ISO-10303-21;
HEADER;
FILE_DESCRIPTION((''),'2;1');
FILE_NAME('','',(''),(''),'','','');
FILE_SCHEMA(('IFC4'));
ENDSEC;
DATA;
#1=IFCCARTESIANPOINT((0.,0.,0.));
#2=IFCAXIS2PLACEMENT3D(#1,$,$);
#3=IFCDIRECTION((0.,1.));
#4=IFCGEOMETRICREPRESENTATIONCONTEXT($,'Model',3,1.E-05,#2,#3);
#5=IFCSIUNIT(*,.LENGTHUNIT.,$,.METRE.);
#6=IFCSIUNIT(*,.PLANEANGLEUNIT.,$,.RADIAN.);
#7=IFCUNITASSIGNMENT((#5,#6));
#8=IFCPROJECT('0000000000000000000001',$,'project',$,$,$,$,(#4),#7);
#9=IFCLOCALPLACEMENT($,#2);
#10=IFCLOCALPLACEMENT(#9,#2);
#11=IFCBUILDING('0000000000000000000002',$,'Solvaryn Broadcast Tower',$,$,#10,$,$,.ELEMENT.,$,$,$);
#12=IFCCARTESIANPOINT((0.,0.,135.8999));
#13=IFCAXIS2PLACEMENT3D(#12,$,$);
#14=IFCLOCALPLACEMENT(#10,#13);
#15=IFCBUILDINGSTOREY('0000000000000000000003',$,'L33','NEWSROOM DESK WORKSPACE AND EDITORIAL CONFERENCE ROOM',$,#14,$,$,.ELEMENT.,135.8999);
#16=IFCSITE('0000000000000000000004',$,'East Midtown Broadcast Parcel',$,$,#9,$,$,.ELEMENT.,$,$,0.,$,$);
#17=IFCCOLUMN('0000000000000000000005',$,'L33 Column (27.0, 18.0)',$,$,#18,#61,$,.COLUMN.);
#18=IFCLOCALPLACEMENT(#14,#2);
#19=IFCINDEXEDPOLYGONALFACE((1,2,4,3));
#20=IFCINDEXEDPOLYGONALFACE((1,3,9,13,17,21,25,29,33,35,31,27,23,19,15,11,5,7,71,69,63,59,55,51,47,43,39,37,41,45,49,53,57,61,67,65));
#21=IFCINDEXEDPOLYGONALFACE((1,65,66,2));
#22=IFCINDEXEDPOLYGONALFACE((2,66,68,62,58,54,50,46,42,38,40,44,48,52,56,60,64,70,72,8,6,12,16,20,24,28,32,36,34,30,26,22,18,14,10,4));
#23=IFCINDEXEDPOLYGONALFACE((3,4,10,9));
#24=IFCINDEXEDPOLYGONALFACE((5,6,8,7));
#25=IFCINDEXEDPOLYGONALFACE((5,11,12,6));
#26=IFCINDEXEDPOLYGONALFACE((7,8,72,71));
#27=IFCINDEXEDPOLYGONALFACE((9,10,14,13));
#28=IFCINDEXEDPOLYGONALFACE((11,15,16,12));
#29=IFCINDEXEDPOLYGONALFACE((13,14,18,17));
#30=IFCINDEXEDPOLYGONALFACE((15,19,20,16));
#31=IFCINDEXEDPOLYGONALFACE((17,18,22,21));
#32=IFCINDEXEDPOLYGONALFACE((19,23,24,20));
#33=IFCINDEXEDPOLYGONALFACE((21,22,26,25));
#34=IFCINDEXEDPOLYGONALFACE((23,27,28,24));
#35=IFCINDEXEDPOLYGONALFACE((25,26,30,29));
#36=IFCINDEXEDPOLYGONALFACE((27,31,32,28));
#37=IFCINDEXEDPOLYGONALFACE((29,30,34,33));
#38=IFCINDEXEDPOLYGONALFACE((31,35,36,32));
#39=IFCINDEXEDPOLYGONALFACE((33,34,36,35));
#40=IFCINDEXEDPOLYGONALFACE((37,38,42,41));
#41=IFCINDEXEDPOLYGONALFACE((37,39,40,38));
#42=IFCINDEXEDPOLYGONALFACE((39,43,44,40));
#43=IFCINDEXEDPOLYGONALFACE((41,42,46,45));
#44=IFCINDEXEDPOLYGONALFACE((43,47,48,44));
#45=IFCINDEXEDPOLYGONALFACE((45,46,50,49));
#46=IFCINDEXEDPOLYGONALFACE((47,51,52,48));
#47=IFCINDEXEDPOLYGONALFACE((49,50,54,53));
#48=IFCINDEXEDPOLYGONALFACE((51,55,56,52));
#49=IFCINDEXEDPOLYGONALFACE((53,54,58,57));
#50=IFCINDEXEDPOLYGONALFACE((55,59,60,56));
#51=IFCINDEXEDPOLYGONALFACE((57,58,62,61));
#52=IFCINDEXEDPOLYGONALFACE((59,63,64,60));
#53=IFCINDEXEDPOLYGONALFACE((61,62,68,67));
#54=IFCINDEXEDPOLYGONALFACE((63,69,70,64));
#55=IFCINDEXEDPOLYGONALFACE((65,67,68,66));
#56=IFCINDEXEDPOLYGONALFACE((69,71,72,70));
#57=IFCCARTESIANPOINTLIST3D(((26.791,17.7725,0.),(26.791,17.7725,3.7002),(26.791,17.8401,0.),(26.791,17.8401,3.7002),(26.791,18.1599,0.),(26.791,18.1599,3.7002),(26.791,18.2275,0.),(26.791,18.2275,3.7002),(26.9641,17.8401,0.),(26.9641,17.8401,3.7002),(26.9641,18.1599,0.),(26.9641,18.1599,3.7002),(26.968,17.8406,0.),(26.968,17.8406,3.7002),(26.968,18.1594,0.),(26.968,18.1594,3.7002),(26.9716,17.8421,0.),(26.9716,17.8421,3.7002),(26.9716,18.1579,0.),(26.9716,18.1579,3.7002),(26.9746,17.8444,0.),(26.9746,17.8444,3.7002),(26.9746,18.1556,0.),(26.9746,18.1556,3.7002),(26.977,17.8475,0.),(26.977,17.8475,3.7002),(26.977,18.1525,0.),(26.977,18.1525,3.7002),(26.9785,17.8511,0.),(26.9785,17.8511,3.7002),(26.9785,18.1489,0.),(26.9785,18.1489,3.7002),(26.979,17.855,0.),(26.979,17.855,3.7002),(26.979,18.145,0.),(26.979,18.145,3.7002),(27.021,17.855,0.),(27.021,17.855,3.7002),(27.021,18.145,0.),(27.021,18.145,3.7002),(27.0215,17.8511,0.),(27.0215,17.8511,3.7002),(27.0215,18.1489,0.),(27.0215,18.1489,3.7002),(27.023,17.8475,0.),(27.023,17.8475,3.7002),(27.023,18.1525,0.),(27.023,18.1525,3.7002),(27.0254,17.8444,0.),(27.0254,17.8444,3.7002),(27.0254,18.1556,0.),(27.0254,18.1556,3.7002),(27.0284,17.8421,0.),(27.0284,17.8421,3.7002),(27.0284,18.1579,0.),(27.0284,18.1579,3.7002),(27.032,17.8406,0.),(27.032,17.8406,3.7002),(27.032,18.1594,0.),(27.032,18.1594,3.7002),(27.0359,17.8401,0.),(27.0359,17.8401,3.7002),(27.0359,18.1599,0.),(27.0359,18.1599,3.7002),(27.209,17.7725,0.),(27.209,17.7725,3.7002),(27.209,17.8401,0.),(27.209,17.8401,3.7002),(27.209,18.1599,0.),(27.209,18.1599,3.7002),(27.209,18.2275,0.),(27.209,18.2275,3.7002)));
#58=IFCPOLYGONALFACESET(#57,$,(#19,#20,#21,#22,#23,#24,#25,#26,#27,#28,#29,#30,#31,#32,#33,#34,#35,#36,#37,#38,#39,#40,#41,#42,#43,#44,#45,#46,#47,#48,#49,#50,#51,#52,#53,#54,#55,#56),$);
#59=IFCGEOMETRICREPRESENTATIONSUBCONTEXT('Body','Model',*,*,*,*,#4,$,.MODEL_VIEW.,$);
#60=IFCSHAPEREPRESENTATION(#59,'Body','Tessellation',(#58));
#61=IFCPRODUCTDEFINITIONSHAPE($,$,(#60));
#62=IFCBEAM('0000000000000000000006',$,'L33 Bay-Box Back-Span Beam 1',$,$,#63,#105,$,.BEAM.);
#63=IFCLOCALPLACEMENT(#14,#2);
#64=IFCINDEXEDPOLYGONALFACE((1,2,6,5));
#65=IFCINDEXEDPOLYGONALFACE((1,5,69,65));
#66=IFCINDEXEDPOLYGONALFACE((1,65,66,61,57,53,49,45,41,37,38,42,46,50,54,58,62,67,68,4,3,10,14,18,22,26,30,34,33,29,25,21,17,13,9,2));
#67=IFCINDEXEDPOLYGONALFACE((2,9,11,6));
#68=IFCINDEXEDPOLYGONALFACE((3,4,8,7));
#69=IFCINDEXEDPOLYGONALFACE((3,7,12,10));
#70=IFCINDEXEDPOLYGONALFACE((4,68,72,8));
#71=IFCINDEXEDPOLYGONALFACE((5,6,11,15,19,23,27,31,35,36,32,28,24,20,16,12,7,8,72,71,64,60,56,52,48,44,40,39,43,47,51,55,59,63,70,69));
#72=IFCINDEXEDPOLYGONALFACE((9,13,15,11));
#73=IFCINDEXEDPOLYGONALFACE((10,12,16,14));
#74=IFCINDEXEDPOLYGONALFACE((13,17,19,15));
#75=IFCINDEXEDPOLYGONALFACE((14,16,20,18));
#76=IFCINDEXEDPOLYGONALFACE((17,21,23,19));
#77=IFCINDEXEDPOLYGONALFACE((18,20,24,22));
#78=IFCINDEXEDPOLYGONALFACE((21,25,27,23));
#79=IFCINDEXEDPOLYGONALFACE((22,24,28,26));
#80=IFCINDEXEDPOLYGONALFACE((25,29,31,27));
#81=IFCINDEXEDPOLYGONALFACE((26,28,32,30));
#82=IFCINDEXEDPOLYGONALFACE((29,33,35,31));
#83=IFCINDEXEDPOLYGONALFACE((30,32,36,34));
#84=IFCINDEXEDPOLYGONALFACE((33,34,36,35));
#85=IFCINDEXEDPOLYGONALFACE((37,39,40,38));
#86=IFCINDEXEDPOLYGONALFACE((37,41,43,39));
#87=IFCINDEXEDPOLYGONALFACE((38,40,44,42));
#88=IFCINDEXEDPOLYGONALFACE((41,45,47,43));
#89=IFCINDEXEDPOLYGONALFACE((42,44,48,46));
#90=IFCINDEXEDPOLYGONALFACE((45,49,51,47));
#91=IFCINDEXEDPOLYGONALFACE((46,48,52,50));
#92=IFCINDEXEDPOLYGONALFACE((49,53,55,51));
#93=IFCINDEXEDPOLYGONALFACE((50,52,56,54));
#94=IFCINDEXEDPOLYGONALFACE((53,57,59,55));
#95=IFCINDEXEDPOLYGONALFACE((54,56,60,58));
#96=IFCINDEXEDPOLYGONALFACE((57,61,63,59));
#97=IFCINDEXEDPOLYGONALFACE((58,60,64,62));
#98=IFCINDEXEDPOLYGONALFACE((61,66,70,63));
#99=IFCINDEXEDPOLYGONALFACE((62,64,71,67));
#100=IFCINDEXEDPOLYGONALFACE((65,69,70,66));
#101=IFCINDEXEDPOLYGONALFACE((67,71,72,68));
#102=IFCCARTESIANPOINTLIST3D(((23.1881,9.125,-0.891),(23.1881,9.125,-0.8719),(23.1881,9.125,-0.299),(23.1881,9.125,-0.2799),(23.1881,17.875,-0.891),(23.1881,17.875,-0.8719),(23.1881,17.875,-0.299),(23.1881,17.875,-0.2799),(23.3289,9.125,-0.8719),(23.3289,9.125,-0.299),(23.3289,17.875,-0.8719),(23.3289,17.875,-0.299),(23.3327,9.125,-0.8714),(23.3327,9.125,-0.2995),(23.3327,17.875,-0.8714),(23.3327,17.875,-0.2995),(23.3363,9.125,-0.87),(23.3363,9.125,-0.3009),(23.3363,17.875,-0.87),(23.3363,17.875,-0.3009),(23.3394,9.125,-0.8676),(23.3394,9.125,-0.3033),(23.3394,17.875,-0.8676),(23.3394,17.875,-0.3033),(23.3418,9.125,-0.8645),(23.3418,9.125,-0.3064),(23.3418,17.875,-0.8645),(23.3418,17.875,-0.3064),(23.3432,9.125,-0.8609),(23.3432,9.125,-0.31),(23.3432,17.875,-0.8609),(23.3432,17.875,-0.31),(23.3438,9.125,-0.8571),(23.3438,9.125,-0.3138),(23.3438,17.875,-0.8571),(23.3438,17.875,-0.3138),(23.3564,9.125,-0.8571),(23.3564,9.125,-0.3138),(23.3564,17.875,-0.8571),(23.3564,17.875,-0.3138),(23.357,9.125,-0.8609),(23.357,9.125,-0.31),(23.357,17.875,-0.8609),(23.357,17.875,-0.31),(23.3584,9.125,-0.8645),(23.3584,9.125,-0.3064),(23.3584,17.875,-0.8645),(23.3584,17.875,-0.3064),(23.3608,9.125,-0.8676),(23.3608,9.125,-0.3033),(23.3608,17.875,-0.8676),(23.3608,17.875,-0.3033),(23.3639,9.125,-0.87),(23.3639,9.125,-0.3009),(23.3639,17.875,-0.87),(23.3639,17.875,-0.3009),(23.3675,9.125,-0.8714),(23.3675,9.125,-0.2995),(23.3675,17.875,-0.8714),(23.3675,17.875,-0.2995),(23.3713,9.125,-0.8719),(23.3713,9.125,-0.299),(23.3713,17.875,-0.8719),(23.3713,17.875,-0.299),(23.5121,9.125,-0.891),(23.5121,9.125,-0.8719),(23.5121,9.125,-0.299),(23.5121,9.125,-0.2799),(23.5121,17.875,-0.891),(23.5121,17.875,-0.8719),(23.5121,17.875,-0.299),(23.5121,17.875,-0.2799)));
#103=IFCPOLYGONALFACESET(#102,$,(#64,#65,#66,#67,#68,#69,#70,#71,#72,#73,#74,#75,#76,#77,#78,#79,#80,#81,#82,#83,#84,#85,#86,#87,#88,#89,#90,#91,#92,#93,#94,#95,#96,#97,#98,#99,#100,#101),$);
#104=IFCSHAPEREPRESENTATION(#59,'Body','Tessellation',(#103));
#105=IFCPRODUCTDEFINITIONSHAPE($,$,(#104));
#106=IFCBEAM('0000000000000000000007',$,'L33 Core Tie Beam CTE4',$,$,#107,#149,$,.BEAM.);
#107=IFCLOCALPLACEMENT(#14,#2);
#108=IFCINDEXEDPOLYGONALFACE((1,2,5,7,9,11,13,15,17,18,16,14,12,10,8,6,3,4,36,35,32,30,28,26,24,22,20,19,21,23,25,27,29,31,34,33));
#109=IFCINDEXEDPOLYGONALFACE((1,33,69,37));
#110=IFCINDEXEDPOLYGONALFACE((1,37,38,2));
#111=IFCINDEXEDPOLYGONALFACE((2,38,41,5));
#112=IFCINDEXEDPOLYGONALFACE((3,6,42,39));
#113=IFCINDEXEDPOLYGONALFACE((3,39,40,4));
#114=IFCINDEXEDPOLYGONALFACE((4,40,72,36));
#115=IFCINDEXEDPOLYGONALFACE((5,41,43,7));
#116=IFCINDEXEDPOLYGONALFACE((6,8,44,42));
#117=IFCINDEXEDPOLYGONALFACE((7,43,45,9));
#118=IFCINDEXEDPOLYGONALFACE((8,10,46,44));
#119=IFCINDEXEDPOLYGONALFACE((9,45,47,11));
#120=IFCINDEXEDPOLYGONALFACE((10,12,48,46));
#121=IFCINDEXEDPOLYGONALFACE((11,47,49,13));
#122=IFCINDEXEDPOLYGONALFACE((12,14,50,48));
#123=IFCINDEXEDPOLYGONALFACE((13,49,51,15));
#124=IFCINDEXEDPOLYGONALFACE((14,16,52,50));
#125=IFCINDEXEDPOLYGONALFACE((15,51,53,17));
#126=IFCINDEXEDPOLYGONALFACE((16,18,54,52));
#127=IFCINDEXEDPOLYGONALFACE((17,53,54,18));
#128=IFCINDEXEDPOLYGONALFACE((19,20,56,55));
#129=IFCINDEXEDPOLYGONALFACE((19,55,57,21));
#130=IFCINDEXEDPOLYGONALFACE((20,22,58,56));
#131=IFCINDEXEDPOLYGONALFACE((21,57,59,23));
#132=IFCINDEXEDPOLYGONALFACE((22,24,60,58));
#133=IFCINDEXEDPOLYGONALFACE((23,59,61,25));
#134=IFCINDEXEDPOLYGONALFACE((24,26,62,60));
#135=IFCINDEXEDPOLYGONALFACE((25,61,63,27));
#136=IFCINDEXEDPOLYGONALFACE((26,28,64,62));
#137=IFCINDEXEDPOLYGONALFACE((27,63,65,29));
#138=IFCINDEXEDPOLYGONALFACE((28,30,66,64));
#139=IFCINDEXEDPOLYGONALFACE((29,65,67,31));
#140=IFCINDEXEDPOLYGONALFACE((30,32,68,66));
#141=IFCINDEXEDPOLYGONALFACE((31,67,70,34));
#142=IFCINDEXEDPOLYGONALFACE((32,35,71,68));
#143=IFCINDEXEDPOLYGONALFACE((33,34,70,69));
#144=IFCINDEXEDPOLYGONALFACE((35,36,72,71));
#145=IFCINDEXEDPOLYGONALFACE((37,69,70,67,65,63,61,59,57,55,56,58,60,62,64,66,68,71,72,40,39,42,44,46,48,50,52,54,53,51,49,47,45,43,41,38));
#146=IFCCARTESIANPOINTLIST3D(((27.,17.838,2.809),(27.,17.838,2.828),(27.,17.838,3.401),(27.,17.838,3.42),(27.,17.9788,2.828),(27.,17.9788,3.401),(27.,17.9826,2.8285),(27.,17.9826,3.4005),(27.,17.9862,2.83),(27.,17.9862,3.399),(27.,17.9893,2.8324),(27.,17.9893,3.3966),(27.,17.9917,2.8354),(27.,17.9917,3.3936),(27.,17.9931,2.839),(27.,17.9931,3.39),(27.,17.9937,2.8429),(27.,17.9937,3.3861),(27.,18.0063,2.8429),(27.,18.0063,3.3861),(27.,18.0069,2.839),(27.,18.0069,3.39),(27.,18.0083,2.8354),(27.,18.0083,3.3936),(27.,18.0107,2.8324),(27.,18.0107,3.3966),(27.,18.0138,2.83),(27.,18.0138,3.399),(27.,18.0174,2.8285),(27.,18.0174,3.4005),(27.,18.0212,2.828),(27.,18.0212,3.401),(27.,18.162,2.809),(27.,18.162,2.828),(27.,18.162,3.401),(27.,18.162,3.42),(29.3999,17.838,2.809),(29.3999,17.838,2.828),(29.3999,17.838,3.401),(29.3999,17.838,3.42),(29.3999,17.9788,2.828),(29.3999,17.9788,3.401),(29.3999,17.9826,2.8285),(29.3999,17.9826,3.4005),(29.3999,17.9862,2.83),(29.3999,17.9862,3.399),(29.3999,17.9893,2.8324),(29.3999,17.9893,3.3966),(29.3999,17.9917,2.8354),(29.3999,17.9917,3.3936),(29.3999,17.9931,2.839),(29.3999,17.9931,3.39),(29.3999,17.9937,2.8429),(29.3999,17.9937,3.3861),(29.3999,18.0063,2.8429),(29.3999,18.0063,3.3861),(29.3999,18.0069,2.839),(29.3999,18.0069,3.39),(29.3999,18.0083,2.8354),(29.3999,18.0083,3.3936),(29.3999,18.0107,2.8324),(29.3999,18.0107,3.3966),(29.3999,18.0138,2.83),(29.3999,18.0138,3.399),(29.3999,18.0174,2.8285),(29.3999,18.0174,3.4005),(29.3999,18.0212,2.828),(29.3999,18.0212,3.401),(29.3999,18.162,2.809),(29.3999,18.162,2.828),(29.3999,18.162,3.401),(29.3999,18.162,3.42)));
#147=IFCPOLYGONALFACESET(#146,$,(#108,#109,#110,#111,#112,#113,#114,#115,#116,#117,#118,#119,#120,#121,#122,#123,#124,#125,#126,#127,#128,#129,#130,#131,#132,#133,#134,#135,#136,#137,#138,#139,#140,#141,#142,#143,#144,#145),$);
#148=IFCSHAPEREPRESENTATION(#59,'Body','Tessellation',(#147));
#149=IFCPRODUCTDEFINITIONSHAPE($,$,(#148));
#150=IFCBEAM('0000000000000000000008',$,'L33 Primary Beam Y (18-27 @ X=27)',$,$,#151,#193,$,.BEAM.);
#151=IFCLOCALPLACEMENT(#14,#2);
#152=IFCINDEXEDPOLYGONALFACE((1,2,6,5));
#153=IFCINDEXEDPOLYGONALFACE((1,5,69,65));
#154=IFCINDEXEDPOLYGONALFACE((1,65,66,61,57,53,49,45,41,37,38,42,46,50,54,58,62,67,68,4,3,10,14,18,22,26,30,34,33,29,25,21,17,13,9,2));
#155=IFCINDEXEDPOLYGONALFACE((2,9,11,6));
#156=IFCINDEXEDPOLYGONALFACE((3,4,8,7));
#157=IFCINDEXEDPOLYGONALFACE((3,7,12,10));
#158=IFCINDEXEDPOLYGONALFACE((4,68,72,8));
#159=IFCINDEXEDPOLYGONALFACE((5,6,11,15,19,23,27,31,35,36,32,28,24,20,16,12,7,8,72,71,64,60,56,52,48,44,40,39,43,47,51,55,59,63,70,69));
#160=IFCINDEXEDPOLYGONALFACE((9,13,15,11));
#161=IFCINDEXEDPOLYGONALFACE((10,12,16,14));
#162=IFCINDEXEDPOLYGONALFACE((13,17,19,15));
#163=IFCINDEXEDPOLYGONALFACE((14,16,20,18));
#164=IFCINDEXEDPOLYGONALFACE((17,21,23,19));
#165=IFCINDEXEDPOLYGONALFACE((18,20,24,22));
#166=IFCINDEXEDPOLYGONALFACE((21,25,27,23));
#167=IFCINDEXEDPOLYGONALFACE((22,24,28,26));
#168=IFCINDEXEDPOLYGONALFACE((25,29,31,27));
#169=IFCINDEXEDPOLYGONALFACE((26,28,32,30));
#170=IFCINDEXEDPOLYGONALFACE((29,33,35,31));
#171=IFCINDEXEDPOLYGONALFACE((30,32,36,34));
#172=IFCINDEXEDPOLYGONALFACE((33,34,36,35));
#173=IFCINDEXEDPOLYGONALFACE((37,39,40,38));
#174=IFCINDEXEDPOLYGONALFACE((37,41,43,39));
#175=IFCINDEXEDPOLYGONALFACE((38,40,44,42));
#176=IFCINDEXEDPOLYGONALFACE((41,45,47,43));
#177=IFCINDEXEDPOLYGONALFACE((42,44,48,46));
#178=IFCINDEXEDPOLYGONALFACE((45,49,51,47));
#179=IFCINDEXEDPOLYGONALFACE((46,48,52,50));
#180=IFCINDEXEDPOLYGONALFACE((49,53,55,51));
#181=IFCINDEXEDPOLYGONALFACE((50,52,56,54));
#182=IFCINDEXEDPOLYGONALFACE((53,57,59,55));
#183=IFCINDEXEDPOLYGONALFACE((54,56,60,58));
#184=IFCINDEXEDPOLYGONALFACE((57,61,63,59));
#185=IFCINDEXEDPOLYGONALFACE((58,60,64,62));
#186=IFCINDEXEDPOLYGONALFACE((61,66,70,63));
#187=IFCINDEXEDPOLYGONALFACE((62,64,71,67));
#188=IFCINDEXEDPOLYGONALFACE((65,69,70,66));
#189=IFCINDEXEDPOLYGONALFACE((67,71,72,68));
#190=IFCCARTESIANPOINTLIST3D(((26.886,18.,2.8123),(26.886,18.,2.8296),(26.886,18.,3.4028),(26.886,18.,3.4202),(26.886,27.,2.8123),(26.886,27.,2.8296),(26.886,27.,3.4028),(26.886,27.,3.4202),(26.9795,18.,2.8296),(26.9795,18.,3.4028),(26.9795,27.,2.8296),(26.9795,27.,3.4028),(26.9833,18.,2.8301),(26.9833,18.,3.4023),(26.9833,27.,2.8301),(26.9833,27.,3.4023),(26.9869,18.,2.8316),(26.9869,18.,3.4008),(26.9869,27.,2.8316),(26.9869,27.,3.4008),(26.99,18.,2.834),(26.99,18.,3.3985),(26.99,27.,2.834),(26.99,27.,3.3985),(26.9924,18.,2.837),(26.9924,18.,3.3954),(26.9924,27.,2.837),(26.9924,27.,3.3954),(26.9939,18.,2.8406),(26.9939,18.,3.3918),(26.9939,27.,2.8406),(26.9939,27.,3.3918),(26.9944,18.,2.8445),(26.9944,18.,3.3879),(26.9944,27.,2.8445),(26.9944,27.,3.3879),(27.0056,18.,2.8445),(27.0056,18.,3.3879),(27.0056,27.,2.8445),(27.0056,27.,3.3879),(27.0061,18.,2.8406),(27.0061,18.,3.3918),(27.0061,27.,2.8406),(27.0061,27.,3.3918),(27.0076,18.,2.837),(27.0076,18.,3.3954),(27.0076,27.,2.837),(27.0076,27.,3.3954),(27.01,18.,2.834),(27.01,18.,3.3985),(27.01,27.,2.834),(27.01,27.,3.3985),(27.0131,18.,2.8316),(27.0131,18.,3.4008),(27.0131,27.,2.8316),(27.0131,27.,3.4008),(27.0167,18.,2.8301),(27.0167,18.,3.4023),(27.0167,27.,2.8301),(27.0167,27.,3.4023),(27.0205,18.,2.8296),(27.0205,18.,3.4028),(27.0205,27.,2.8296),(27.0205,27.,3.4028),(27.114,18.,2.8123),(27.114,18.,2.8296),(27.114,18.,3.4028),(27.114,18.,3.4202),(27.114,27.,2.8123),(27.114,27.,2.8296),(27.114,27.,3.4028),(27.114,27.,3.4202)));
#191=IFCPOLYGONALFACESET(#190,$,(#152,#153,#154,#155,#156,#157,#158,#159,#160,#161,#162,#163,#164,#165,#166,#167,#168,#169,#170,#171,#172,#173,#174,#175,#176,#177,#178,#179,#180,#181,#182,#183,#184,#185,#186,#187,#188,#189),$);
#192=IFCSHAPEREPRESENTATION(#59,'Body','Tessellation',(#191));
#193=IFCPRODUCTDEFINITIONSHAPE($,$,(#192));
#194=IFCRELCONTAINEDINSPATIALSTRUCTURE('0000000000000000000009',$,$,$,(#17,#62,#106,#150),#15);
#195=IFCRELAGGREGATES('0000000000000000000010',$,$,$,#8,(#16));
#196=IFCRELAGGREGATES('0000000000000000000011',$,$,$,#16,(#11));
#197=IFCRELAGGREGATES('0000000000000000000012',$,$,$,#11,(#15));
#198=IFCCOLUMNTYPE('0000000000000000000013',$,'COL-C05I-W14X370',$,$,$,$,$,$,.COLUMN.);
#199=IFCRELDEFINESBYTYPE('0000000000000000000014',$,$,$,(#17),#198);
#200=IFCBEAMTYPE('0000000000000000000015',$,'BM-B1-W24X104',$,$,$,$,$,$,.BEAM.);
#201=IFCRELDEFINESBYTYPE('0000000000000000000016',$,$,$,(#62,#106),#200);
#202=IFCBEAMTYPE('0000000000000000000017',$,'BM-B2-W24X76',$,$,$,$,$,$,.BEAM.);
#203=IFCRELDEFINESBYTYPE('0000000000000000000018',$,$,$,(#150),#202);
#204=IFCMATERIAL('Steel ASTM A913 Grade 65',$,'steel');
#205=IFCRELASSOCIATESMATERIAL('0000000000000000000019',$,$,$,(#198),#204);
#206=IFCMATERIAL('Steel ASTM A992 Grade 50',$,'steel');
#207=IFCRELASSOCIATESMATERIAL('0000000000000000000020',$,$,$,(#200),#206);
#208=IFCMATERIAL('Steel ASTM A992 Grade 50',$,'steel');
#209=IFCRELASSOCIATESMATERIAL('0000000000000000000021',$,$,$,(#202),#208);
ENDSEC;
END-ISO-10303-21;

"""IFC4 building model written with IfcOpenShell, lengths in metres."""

from ifc_helpers import new_model, si_unit, direction, frame, origin, origin_2d, place, context, subcontext, project, spatial, i_section, extrude, material, material_profile, profile_set, type_object, element, save


model = new_model("IFC4")

# Units and contexts
model_context = context("Model", 3, precision=1e-05, world=origin(), true_north=direction((0.0, 1.0)))
body_context = subcontext(model_context, "Body", "Model", "MODEL_VIEW")
ifc_project = project(units=[si_unit("LENGTHUNIT", "METRE"), si_unit("PLANEANGLEUNIT", "RADIAN")], contexts=[model_context])

# Site, building, storey
site_placement = place(None, origin())
site = spatial("IfcSite", under=ifc_project, at=site_placement, Name="East Midtown Broadcast Parcel", CompositionType="ELEMENT", RefElevation=0.0)
building_placement = place(site_placement, origin())
building = spatial("IfcBuilding", under=site, at=building_placement, Name="Solvaryn Broadcast Tower", CompositionType="ELEMENT")
storey_placement = place(building_placement, frame((0.0, 0.0, 135.8999)))
storey = spatial("IfcBuildingStorey", under=building, at=storey_placement, Name="L33", Description="NEWSROOM DESK WORKSPACE AND EDITORIAL CONFERENCE ROOM", CompositionType="ELEMENT", Elevation=135.8999)

# Column
ifc_material_1 = material(Name="Steel ASTM A913 Grade 65", Category="steel")
ifc_material_profile_1 = material_profile(ifc_material_1, i_section(OverallWidth=0.418, OverallDepth=0.4551, WebThickness=0.042, FlangeThickness=0.0676, FilletRadius=0.0149, at=origin_2d()))
ifc_profile_set_1 = profile_set([ifc_material_profile_1], Name="Steel ASTM A913 Grade 65")
column_type = type_object("IfcColumnType", Name="COL-C05I-W14X370", PredefinedType="COLUMN", material=ifc_profile_set_1)
column_placement = place(storey_placement, frame((27.0, 18.0, 0.0), z_axis=(0.0, 0.0, 1.0), x_axis=(1.0, 0.0, 0.0)))
element("IfcColumn", 1, at=column_placement, inside=storey, type_object=column_type, Name="L33 Column (27.0, 18.0)", PredefinedType="COLUMN", context=body_context, shape_type="SweptSolid", body=[
    extrude(i_section(OverallWidth=0.418, OverallDepth=0.4551, WebThickness=0.042, FlangeThickness=0.0676, FilletRadius=0.0149, at=origin_2d()), origin(), (0.0, 0.0, 1.0), 3.7002),
])

# Beams
ifc_material_2 = material(Name="Steel ASTM A992 Grade 50", Category="steel")
ifc_material_profile_2 = material_profile(ifc_material_2, i_section(OverallWidth=0.324, OverallDepth=0.6111, WebThickness=0.0127, FlangeThickness=0.019, FilletRadius=0.0149, at=origin_2d()))
ifc_profile_set_2 = profile_set([ifc_material_profile_2], Name="Steel ASTM A992 Grade 50")
beam_type_1 = type_object("IfcBeamType", Name="BM-B1-W24X104", PredefinedType="BEAM", material=ifc_profile_set_2)
beam_1_placement = place(storey_placement, frame((23.3501, 17.875, -0.5854), z_axis=(0.0, -1.0, 0.0), x_axis=(1.0, 0.0, 0.0)))
element("IfcBeam", 2, at=beam_1_placement, inside=storey, type_object=beam_type_1, Name="L33 Bay-Box Back-Span Beam 1", PredefinedType="BEAM", context=body_context, shape_type="SweptSolid", body=[
    extrude(i_section(OverallWidth=0.324, OverallDepth=0.6111, WebThickness=0.0127, FlangeThickness=0.019, FilletRadius=0.0149, at=origin_2d()), origin(), (0.0, 0.0, 1.0), 8.75),
])
beam_2_placement = place(storey_placement, frame((27.0, 18.0, 3.1145), z_axis=(1.0, 0.0, 0.0), x_axis=(0.0, 1.0, 0.0)))
element("IfcBeam", 3, at=beam_2_placement, inside=storey, type_object=beam_type_1, Name="L33 Core Tie Beam CTE4", PredefinedType="BEAM", context=body_context, shape_type="SweptSolid", body=[
    extrude(i_section(OverallWidth=0.324, OverallDepth=0.6111, WebThickness=0.0127, FlangeThickness=0.019, FilletRadius=0.0149, at=origin_2d()), origin(), (0.0, 0.0, 1.0), 2.3999),
])
ifc_material_3 = material(Name="Steel ASTM A992 Grade 50", Category="steel")
ifc_material_profile_3 = material_profile(ifc_material_3, i_section(OverallWidth=0.228, OverallDepth=0.6079, WebThickness=0.0112, FlangeThickness=0.0173, FilletRadius=0.0149, at=origin_2d()))
ifc_profile_set_3 = profile_set([ifc_material_profile_3], Name="Steel ASTM A992 Grade 50")
beam_type_2 = type_object("IfcBeamType", Name="BM-B2-W24X76", PredefinedType="BEAM", material=ifc_profile_set_3)
beam_3_placement = place(storey_placement, frame((27.0, 18.0, 3.1162), z_axis=(0.0, 1.0, 0.0), x_axis=(-1.0, 0.0, 0.0)))
element("IfcBeam", 4, at=beam_3_placement, inside=storey, type_object=beam_type_2, Name="L33 Primary Beam Y (18-27 @ X=27)", PredefinedType="BEAM", context=body_context, shape_type="SweptSolid", body=[
    extrude(i_section(OverallWidth=0.228, OverallDepth=0.6079, WebThickness=0.0112, FlangeThickness=0.0173, FilletRadius=0.0149, at=origin_2d()), origin(), (0.0, 0.0, 1.0), 9.0),
])

save(model, "model.ifc")
